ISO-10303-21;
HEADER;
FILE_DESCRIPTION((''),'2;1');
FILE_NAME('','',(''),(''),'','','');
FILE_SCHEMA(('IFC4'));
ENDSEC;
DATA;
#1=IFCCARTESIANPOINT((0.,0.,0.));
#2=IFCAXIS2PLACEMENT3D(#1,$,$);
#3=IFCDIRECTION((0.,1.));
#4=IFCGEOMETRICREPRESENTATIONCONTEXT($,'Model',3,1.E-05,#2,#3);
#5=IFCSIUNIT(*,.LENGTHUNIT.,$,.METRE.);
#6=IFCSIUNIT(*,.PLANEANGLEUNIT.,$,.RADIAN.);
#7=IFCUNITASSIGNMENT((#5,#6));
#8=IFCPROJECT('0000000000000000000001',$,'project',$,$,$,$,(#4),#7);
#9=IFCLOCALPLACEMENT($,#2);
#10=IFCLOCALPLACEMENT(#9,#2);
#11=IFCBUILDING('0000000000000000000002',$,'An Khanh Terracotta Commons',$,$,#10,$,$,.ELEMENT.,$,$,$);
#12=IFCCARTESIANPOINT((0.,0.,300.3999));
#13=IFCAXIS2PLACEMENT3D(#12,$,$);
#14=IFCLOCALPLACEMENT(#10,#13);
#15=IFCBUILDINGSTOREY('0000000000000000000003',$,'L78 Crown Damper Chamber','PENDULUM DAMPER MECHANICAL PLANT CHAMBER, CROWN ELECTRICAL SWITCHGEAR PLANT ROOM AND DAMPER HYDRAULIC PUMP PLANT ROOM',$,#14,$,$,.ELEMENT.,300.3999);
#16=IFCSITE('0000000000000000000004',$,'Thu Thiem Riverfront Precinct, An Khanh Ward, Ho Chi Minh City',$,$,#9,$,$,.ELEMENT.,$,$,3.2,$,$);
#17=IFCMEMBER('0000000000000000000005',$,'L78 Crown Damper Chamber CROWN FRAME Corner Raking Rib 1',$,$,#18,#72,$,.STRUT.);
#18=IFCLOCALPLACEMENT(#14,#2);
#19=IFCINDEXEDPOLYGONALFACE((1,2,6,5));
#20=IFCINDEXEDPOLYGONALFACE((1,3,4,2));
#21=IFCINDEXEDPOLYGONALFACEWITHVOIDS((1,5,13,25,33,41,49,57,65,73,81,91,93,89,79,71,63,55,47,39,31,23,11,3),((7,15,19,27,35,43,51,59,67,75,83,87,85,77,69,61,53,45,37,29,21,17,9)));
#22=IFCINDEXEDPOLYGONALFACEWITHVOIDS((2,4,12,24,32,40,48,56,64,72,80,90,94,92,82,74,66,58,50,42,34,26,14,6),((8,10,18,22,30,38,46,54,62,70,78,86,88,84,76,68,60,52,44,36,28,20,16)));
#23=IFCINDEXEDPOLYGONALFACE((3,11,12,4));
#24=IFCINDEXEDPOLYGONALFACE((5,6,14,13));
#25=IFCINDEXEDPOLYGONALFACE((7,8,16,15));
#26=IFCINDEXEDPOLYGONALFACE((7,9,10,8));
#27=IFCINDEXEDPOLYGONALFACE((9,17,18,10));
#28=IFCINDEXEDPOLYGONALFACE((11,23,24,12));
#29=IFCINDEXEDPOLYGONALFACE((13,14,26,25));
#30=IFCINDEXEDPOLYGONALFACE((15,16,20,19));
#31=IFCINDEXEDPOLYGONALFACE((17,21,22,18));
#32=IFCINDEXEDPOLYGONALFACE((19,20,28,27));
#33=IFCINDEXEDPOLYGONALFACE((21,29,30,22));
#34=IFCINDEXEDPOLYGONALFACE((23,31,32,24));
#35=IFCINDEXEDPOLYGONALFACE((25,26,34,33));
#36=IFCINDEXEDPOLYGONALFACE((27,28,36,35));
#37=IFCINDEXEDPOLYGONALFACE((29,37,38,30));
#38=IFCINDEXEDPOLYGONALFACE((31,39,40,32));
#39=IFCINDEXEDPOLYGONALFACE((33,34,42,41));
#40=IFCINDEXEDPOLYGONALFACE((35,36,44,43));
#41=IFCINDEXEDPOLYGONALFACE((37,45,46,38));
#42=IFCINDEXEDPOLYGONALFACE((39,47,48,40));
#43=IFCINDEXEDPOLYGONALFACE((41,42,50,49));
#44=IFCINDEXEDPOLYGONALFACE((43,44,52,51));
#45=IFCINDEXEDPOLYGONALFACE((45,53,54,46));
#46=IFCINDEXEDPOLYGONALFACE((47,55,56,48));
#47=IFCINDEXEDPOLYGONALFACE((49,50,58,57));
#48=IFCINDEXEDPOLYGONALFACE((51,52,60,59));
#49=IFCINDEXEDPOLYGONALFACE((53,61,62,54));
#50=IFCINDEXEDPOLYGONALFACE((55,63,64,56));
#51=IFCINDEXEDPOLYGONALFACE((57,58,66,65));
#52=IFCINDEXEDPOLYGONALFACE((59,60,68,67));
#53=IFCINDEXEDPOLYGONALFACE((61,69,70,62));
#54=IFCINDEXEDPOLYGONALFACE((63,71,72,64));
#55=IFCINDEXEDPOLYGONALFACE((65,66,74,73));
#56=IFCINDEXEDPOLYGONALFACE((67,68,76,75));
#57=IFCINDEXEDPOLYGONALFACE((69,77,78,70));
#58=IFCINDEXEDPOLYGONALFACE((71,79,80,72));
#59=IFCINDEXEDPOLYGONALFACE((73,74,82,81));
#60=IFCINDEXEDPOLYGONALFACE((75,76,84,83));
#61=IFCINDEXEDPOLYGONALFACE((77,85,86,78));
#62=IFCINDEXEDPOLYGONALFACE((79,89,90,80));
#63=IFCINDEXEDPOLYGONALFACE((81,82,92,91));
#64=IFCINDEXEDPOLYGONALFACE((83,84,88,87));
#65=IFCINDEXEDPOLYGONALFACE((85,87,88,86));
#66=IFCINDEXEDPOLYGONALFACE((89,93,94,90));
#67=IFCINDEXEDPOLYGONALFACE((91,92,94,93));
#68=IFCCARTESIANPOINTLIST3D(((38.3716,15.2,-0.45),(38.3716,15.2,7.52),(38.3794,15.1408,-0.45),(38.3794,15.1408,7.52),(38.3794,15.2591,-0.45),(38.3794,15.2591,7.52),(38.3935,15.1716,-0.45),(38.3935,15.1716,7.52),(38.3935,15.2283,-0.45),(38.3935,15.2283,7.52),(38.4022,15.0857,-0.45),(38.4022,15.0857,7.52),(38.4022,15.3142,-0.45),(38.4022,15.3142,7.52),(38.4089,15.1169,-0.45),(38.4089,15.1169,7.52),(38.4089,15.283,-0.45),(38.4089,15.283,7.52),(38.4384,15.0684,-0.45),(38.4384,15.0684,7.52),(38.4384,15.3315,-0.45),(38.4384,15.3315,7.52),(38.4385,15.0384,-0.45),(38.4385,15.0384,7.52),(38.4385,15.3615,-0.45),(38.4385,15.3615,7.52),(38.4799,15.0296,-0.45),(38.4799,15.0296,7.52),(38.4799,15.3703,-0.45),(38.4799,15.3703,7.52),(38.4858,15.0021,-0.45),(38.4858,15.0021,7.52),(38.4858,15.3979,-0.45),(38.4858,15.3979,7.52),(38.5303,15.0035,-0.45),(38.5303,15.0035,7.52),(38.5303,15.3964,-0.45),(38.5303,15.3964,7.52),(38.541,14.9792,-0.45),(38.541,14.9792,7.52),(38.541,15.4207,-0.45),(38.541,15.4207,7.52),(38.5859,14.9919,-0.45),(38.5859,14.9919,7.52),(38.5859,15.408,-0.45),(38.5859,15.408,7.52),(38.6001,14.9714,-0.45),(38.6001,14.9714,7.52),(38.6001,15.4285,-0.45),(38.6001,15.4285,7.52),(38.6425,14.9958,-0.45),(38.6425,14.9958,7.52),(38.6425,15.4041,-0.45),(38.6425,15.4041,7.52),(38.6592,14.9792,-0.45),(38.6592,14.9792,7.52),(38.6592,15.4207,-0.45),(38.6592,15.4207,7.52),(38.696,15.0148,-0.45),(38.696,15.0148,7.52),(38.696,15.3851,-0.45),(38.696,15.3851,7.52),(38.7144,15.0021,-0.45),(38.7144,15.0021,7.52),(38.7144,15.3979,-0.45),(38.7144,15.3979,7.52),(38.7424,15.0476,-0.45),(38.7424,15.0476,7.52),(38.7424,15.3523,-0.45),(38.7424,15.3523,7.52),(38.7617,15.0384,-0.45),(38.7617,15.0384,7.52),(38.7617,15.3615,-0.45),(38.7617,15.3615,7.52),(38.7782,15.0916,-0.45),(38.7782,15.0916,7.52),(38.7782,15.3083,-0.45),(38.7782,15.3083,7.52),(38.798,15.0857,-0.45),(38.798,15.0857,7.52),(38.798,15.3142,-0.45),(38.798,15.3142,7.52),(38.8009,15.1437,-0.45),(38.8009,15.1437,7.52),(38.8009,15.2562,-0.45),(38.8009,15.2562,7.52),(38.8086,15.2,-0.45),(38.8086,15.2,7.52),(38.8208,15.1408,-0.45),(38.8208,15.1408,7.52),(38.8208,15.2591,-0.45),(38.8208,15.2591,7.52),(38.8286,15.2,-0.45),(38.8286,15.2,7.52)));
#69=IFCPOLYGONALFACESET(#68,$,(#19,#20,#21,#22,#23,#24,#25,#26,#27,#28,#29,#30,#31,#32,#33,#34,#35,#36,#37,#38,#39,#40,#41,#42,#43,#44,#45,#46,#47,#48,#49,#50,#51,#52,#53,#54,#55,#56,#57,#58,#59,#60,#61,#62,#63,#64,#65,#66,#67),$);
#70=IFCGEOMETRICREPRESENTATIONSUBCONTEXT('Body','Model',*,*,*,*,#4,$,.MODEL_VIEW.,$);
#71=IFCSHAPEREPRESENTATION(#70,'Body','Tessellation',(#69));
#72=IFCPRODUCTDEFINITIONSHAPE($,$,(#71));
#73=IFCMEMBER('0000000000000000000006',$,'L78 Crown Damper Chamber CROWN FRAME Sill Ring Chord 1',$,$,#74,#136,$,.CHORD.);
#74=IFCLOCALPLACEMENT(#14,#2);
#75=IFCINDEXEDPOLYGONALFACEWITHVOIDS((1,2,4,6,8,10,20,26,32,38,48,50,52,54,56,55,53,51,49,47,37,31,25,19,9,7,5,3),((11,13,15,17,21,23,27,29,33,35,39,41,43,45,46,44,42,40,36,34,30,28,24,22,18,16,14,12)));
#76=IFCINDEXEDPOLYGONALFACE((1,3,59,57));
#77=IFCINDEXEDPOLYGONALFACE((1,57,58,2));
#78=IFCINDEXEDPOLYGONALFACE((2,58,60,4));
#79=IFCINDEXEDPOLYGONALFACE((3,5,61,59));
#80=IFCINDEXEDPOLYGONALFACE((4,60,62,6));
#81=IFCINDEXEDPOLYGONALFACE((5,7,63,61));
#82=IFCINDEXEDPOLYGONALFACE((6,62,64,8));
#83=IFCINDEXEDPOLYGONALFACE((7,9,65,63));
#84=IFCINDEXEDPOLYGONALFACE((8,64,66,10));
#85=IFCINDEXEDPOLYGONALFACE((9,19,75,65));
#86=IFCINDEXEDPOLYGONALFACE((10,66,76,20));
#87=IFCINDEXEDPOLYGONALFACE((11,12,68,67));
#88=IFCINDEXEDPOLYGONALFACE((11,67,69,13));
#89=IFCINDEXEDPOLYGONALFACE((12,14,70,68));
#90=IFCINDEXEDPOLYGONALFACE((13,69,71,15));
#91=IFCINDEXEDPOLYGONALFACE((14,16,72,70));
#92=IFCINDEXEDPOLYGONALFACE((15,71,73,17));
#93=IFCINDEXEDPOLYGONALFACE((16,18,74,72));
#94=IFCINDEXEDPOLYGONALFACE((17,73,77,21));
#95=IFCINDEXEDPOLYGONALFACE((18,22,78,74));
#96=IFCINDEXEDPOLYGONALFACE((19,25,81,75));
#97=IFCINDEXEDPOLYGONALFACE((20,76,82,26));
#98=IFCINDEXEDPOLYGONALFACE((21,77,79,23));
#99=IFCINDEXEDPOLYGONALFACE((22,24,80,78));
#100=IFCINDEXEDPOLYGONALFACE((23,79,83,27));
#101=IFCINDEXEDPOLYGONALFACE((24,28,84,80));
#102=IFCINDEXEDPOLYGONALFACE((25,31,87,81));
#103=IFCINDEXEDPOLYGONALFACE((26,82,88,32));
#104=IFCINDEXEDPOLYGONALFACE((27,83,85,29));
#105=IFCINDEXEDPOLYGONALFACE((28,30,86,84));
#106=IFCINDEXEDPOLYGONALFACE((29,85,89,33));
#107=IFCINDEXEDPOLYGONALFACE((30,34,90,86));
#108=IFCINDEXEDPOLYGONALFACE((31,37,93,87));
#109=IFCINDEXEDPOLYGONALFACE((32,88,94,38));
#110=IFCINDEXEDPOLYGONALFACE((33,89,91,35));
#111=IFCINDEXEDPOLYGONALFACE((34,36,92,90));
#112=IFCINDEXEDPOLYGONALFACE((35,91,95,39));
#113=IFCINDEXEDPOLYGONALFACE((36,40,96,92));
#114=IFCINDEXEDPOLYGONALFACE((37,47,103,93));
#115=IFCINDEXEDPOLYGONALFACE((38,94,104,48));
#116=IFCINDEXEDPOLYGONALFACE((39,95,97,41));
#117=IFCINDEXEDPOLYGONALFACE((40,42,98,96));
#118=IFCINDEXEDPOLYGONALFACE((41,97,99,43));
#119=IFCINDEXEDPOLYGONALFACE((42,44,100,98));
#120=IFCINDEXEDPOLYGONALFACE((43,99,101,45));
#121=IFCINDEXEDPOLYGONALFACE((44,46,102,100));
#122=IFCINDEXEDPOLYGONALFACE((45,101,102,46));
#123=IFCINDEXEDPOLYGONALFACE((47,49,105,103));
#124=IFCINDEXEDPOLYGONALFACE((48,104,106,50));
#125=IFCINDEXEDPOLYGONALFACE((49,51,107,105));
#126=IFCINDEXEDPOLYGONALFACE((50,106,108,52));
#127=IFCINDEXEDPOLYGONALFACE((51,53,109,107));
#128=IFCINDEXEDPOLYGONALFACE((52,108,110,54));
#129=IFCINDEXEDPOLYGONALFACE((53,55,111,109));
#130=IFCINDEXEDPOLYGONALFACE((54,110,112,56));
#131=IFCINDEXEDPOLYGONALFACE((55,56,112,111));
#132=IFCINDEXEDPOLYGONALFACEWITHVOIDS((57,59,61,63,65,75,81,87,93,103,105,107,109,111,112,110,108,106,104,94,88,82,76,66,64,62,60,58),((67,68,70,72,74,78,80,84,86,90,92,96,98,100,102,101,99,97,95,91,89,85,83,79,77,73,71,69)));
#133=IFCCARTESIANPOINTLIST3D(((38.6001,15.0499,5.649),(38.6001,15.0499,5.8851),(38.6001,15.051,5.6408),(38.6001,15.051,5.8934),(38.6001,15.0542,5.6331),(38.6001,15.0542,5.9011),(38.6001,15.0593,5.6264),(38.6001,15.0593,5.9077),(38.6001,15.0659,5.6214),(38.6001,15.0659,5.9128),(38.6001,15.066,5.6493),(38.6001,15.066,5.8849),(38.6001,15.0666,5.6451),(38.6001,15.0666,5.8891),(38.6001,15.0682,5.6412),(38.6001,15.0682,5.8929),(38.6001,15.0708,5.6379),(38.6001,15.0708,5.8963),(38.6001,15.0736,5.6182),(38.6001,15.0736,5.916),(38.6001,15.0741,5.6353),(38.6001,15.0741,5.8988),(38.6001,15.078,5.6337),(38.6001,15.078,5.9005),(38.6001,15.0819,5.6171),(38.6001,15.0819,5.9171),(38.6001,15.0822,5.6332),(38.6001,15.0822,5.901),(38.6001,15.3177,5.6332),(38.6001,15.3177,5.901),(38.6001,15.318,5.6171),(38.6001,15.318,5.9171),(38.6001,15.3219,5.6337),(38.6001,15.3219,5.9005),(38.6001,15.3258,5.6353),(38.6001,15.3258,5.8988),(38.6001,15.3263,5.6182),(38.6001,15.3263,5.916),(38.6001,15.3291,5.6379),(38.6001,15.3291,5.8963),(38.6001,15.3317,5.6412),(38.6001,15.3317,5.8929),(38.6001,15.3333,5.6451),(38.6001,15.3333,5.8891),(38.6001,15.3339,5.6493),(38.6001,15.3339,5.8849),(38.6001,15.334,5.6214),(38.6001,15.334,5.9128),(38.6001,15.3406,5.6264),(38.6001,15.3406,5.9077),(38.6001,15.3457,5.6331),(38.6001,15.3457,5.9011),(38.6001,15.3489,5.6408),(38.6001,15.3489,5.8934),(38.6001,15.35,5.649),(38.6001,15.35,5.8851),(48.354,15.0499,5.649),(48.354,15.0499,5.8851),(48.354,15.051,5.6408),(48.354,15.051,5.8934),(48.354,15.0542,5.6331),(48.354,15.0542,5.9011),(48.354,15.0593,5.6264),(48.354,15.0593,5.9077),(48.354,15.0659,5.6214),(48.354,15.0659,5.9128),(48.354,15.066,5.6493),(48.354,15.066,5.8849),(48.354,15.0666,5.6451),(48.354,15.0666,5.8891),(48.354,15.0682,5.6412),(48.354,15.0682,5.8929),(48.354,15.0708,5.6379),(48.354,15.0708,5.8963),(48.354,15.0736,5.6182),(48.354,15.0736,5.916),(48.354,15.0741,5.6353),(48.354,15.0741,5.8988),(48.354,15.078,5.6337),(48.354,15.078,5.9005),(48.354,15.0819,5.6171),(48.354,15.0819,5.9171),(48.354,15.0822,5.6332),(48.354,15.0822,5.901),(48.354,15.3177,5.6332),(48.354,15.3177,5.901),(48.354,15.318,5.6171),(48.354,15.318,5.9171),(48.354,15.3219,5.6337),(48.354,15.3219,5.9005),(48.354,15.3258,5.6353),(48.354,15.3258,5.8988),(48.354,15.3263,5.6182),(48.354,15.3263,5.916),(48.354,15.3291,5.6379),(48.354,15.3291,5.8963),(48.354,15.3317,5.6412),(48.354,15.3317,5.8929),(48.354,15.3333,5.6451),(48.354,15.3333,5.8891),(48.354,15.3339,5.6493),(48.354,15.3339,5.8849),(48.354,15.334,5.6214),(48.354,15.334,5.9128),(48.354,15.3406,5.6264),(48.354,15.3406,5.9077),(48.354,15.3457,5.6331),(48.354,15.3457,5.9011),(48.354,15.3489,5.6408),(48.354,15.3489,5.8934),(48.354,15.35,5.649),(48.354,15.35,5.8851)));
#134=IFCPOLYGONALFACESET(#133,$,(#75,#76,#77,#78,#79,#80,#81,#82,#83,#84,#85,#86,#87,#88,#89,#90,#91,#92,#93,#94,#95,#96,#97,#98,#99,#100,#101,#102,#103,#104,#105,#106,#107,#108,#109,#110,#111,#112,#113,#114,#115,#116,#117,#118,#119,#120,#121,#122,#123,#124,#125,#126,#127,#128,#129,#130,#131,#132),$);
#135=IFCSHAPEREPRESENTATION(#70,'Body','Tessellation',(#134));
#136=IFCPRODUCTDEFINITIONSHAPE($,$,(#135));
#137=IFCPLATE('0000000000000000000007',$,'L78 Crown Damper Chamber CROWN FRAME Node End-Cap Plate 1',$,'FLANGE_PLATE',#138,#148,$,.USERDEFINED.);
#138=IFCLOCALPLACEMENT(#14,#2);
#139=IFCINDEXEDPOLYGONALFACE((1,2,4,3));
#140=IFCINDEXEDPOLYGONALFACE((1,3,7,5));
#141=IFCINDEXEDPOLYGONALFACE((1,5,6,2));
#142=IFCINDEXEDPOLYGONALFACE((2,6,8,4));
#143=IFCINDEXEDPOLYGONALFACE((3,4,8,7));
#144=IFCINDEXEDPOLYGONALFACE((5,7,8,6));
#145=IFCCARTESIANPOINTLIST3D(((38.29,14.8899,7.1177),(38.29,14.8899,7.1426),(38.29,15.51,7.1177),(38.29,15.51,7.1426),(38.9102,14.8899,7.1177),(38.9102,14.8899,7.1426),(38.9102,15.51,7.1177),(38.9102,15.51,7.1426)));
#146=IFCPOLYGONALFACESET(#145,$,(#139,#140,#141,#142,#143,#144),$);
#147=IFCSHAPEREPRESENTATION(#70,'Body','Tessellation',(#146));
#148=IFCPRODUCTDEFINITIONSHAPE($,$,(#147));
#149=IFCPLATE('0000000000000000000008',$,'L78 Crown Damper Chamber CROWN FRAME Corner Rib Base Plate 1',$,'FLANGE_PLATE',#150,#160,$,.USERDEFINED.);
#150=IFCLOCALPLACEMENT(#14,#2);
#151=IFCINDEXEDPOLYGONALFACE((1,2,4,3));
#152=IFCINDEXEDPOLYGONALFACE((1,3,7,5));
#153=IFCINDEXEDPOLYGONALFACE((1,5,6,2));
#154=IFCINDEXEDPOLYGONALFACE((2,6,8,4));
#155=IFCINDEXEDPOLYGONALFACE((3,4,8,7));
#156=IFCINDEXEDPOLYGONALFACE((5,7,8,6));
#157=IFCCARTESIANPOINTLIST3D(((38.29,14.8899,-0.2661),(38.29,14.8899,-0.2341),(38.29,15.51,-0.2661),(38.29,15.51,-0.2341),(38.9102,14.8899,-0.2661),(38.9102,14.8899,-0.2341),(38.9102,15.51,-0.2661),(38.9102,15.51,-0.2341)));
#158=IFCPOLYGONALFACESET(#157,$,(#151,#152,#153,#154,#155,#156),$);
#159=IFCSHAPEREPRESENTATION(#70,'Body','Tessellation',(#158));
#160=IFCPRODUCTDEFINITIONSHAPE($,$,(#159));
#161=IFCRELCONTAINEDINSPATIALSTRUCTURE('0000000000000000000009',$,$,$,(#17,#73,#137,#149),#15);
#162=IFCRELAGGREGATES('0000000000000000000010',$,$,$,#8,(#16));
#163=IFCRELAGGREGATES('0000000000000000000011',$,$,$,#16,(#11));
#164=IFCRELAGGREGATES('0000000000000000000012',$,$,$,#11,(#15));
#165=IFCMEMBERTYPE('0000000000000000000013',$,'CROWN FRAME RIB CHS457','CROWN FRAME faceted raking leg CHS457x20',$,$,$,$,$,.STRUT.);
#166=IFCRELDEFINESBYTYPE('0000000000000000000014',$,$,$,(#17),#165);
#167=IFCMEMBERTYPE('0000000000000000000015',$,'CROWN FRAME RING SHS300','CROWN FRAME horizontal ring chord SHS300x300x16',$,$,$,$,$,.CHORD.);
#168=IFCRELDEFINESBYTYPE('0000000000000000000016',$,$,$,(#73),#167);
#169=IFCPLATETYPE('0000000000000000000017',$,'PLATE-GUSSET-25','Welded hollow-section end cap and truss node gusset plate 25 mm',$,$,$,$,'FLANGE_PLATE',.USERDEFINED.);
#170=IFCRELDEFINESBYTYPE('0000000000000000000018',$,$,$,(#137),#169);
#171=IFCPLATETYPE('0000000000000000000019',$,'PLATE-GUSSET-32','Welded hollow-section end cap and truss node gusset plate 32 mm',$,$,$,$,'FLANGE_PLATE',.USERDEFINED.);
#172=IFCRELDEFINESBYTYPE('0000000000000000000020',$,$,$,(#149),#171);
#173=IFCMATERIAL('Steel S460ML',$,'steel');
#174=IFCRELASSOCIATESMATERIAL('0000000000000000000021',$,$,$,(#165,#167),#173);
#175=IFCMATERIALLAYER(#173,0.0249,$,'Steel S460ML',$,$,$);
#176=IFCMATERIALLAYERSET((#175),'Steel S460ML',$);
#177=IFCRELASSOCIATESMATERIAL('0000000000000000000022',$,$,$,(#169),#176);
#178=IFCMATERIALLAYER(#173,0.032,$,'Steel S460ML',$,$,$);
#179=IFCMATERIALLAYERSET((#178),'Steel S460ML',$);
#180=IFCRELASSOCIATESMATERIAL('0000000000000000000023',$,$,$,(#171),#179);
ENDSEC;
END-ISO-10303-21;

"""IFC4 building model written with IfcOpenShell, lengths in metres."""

from ifc_helpers import new_model, si_unit, direction, frame, origin, origin_2d, place, context, subcontext, project, spatial, rectangle, hollow_rectangle, hollow_circle, extrude, material, layer, layer_set, material_profile, profile_set, type_object, element, save


model = new_model("IFC4")

# Units and contexts
model_context = context("Model", 3, precision=1e-05, world=origin(), true_north=direction((0.0, 1.0)))
body_context = subcontext(model_context, "Body", "Model", "MODEL_VIEW")
ifc_project = project(units=[si_unit("LENGTHUNIT", "METRE"), si_unit("PLANEANGLEUNIT", "RADIAN")], contexts=[model_context])

# Site, building, storey
site_placement = place(None, origin())
site = spatial("IfcSite", under=ifc_project, at=site_placement, Name="Thu Thiem Riverfront Precinct, An Khanh Ward, Ho Chi Minh City", CompositionType="ELEMENT", RefElevation=3.2)
building_placement = place(site_placement, origin())
building = spatial("IfcBuilding", under=site, at=building_placement, Name="An Khanh Terracotta Commons", CompositionType="ELEMENT")
storey_placement = place(building_placement, frame((0.0, 0.0, 300.3999)))
storey = spatial("IfcBuildingStorey", under=building, at=storey_placement, Name="L78 Crown Damper Chamber", Description="PENDULUM DAMPER MECHANICAL PLANT CHAMBER, CROWN ELECTRICAL SWITCHGEAR PLANT ROOM AND DAMPER HYDRAULIC PUMP PLANT ROOM", CompositionType="ELEMENT", Elevation=300.3999)

# Members
ifc_material_1 = material(Name="Steel S460ML", Category="steel")
ifc_material_profile_1 = material_profile(ifc_material_1, hollow_circle(Radius=0.2285, WallThickness=0.02, at=origin_2d()), Name="CHS457x20")
ifc_profile_set_1 = profile_set([ifc_material_profile_1], Name="Steel S460ML")
member_type_1 = type_object("IfcMemberType", Name="CROWN FRAME RIB CHS457", Description="CROWN FRAME faceted raking leg CHS457x20", PredefinedType="STRUT", material=ifc_profile_set_1)
member_1_placement = place(storey_placement, frame((38.6001, 15.2, -0.45), z_axis=(0.0, 0.0, 1.0), x_axis=(1.0, 0.0, 0.0)))
element("IfcMember", 1, at=member_1_placement, inside=storey, type_object=member_type_1, Name="L78 Crown Damper Chamber CROWN FRAME Corner Raking Rib 1", PredefinedType="STRUT", context=body_context, shape_type="SweptSolid", body=[
    extrude(hollow_circle(Radius=0.2285, WallThickness=0.02, at=origin_2d()), origin(), (0.0, 0.0, 1.0), 7.97),
])
ifc_material_profile_2 = material_profile(ifc_material_1, hollow_rectangle(XDim=0.3, YDim=0.3, WallThickness=0.0161, InnerFilletRadius=0.0161, OuterFilletRadius=0.032, at=origin_2d()), Name="SHS300x300x16")
ifc_profile_set_2 = profile_set([ifc_material_profile_2], Name="Steel S460ML")
member_type_2 = type_object("IfcMemberType", Name="CROWN FRAME RING SHS300", Description="CROWN FRAME horizontal ring chord SHS300x300x16", PredefinedType="CHORD", material=ifc_profile_set_2)
member_2_placement = place(storey_placement, frame((38.6001, 15.2, 5.7671), z_axis=(1.0, 0.0, 0.0), x_axis=(0.0, 1.0, 0.0)))
element("IfcMember", 2, at=member_2_placement, inside=storey, type_object=member_type_2, Name="L78 Crown Damper Chamber CROWN FRAME Sill Ring Chord 1", PredefinedType="CHORD", context=body_context, shape_type="SweptSolid", body=[
    extrude(hollow_rectangle(XDim=0.3, YDim=0.3, WallThickness=0.0161, InnerFilletRadius=0.0161, OuterFilletRadius=0.032, at=origin_2d()), origin(), (0.0, 0.0, 1.0), 9.7539),
])

# Plates
ifc_layer_1 = layer(ifc_material_1, 0.0249, Name="Steel S460ML")
ifc_layer_set_1 = layer_set([ifc_layer_1], Name="Steel S460ML")
plate_type_1 = type_object("IfcPlateType", Name="PLATE-GUSSET-25", Description="Welded hollow-section end cap and truss node gusset plate 25 mm", ElementType="FLANGE_PLATE", PredefinedType="USERDEFINED", material=ifc_layer_set_1)
plate_1_placement = place(storey_placement, frame((38.6001, 15.2, 7.1177), z_axis=(0.0, 0.0, 1.0), x_axis=(1.0, 0.0, 0.0)))
element("IfcPlate", 3, at=plate_1_placement, inside=storey, type_object=plate_type_1, Name="L78 Crown Damper Chamber CROWN FRAME Node End-Cap Plate 1", ObjectType="FLANGE_PLATE", PredefinedType="USERDEFINED", context=body_context, shape_type="SweptSolid", body=[
    extrude(rectangle(XDim=0.6201, YDim=0.6201, at=origin_2d()), origin(), (0.0, 0.0, 1.0), 0.0249),
])
ifc_layer_2 = layer(ifc_material_1, 0.032, Name="Steel S460ML")
ifc_layer_set_2 = layer_set([ifc_layer_2], Name="Steel S460ML")
plate_type_2 = type_object("IfcPlateType", Name="PLATE-GUSSET-32", Description="Welded hollow-section end cap and truss node gusset plate 32 mm", ElementType="FLANGE_PLATE", PredefinedType="USERDEFINED", material=ifc_layer_set_2)
plate_2_placement = place(storey_placement, frame((38.6001, 15.2, -0.2661), z_axis=(0.0, 0.0, 1.0), x_axis=(1.0, 0.0, 0.0)))
element("IfcPlate", 4, at=plate_2_placement, inside=storey, type_object=plate_type_2, Name="L78 Crown Damper Chamber CROWN FRAME Corner Rib Base Plate 1", ObjectType="FLANGE_PLATE", PredefinedType="USERDEFINED", context=body_context, shape_type="SweptSolid", body=[
    extrude(rectangle(XDim=0.6201, YDim=0.6201, at=origin_2d()), origin(), (0.0, 0.0, 1.0), 0.032),
])

save(model, "model.ifc")
